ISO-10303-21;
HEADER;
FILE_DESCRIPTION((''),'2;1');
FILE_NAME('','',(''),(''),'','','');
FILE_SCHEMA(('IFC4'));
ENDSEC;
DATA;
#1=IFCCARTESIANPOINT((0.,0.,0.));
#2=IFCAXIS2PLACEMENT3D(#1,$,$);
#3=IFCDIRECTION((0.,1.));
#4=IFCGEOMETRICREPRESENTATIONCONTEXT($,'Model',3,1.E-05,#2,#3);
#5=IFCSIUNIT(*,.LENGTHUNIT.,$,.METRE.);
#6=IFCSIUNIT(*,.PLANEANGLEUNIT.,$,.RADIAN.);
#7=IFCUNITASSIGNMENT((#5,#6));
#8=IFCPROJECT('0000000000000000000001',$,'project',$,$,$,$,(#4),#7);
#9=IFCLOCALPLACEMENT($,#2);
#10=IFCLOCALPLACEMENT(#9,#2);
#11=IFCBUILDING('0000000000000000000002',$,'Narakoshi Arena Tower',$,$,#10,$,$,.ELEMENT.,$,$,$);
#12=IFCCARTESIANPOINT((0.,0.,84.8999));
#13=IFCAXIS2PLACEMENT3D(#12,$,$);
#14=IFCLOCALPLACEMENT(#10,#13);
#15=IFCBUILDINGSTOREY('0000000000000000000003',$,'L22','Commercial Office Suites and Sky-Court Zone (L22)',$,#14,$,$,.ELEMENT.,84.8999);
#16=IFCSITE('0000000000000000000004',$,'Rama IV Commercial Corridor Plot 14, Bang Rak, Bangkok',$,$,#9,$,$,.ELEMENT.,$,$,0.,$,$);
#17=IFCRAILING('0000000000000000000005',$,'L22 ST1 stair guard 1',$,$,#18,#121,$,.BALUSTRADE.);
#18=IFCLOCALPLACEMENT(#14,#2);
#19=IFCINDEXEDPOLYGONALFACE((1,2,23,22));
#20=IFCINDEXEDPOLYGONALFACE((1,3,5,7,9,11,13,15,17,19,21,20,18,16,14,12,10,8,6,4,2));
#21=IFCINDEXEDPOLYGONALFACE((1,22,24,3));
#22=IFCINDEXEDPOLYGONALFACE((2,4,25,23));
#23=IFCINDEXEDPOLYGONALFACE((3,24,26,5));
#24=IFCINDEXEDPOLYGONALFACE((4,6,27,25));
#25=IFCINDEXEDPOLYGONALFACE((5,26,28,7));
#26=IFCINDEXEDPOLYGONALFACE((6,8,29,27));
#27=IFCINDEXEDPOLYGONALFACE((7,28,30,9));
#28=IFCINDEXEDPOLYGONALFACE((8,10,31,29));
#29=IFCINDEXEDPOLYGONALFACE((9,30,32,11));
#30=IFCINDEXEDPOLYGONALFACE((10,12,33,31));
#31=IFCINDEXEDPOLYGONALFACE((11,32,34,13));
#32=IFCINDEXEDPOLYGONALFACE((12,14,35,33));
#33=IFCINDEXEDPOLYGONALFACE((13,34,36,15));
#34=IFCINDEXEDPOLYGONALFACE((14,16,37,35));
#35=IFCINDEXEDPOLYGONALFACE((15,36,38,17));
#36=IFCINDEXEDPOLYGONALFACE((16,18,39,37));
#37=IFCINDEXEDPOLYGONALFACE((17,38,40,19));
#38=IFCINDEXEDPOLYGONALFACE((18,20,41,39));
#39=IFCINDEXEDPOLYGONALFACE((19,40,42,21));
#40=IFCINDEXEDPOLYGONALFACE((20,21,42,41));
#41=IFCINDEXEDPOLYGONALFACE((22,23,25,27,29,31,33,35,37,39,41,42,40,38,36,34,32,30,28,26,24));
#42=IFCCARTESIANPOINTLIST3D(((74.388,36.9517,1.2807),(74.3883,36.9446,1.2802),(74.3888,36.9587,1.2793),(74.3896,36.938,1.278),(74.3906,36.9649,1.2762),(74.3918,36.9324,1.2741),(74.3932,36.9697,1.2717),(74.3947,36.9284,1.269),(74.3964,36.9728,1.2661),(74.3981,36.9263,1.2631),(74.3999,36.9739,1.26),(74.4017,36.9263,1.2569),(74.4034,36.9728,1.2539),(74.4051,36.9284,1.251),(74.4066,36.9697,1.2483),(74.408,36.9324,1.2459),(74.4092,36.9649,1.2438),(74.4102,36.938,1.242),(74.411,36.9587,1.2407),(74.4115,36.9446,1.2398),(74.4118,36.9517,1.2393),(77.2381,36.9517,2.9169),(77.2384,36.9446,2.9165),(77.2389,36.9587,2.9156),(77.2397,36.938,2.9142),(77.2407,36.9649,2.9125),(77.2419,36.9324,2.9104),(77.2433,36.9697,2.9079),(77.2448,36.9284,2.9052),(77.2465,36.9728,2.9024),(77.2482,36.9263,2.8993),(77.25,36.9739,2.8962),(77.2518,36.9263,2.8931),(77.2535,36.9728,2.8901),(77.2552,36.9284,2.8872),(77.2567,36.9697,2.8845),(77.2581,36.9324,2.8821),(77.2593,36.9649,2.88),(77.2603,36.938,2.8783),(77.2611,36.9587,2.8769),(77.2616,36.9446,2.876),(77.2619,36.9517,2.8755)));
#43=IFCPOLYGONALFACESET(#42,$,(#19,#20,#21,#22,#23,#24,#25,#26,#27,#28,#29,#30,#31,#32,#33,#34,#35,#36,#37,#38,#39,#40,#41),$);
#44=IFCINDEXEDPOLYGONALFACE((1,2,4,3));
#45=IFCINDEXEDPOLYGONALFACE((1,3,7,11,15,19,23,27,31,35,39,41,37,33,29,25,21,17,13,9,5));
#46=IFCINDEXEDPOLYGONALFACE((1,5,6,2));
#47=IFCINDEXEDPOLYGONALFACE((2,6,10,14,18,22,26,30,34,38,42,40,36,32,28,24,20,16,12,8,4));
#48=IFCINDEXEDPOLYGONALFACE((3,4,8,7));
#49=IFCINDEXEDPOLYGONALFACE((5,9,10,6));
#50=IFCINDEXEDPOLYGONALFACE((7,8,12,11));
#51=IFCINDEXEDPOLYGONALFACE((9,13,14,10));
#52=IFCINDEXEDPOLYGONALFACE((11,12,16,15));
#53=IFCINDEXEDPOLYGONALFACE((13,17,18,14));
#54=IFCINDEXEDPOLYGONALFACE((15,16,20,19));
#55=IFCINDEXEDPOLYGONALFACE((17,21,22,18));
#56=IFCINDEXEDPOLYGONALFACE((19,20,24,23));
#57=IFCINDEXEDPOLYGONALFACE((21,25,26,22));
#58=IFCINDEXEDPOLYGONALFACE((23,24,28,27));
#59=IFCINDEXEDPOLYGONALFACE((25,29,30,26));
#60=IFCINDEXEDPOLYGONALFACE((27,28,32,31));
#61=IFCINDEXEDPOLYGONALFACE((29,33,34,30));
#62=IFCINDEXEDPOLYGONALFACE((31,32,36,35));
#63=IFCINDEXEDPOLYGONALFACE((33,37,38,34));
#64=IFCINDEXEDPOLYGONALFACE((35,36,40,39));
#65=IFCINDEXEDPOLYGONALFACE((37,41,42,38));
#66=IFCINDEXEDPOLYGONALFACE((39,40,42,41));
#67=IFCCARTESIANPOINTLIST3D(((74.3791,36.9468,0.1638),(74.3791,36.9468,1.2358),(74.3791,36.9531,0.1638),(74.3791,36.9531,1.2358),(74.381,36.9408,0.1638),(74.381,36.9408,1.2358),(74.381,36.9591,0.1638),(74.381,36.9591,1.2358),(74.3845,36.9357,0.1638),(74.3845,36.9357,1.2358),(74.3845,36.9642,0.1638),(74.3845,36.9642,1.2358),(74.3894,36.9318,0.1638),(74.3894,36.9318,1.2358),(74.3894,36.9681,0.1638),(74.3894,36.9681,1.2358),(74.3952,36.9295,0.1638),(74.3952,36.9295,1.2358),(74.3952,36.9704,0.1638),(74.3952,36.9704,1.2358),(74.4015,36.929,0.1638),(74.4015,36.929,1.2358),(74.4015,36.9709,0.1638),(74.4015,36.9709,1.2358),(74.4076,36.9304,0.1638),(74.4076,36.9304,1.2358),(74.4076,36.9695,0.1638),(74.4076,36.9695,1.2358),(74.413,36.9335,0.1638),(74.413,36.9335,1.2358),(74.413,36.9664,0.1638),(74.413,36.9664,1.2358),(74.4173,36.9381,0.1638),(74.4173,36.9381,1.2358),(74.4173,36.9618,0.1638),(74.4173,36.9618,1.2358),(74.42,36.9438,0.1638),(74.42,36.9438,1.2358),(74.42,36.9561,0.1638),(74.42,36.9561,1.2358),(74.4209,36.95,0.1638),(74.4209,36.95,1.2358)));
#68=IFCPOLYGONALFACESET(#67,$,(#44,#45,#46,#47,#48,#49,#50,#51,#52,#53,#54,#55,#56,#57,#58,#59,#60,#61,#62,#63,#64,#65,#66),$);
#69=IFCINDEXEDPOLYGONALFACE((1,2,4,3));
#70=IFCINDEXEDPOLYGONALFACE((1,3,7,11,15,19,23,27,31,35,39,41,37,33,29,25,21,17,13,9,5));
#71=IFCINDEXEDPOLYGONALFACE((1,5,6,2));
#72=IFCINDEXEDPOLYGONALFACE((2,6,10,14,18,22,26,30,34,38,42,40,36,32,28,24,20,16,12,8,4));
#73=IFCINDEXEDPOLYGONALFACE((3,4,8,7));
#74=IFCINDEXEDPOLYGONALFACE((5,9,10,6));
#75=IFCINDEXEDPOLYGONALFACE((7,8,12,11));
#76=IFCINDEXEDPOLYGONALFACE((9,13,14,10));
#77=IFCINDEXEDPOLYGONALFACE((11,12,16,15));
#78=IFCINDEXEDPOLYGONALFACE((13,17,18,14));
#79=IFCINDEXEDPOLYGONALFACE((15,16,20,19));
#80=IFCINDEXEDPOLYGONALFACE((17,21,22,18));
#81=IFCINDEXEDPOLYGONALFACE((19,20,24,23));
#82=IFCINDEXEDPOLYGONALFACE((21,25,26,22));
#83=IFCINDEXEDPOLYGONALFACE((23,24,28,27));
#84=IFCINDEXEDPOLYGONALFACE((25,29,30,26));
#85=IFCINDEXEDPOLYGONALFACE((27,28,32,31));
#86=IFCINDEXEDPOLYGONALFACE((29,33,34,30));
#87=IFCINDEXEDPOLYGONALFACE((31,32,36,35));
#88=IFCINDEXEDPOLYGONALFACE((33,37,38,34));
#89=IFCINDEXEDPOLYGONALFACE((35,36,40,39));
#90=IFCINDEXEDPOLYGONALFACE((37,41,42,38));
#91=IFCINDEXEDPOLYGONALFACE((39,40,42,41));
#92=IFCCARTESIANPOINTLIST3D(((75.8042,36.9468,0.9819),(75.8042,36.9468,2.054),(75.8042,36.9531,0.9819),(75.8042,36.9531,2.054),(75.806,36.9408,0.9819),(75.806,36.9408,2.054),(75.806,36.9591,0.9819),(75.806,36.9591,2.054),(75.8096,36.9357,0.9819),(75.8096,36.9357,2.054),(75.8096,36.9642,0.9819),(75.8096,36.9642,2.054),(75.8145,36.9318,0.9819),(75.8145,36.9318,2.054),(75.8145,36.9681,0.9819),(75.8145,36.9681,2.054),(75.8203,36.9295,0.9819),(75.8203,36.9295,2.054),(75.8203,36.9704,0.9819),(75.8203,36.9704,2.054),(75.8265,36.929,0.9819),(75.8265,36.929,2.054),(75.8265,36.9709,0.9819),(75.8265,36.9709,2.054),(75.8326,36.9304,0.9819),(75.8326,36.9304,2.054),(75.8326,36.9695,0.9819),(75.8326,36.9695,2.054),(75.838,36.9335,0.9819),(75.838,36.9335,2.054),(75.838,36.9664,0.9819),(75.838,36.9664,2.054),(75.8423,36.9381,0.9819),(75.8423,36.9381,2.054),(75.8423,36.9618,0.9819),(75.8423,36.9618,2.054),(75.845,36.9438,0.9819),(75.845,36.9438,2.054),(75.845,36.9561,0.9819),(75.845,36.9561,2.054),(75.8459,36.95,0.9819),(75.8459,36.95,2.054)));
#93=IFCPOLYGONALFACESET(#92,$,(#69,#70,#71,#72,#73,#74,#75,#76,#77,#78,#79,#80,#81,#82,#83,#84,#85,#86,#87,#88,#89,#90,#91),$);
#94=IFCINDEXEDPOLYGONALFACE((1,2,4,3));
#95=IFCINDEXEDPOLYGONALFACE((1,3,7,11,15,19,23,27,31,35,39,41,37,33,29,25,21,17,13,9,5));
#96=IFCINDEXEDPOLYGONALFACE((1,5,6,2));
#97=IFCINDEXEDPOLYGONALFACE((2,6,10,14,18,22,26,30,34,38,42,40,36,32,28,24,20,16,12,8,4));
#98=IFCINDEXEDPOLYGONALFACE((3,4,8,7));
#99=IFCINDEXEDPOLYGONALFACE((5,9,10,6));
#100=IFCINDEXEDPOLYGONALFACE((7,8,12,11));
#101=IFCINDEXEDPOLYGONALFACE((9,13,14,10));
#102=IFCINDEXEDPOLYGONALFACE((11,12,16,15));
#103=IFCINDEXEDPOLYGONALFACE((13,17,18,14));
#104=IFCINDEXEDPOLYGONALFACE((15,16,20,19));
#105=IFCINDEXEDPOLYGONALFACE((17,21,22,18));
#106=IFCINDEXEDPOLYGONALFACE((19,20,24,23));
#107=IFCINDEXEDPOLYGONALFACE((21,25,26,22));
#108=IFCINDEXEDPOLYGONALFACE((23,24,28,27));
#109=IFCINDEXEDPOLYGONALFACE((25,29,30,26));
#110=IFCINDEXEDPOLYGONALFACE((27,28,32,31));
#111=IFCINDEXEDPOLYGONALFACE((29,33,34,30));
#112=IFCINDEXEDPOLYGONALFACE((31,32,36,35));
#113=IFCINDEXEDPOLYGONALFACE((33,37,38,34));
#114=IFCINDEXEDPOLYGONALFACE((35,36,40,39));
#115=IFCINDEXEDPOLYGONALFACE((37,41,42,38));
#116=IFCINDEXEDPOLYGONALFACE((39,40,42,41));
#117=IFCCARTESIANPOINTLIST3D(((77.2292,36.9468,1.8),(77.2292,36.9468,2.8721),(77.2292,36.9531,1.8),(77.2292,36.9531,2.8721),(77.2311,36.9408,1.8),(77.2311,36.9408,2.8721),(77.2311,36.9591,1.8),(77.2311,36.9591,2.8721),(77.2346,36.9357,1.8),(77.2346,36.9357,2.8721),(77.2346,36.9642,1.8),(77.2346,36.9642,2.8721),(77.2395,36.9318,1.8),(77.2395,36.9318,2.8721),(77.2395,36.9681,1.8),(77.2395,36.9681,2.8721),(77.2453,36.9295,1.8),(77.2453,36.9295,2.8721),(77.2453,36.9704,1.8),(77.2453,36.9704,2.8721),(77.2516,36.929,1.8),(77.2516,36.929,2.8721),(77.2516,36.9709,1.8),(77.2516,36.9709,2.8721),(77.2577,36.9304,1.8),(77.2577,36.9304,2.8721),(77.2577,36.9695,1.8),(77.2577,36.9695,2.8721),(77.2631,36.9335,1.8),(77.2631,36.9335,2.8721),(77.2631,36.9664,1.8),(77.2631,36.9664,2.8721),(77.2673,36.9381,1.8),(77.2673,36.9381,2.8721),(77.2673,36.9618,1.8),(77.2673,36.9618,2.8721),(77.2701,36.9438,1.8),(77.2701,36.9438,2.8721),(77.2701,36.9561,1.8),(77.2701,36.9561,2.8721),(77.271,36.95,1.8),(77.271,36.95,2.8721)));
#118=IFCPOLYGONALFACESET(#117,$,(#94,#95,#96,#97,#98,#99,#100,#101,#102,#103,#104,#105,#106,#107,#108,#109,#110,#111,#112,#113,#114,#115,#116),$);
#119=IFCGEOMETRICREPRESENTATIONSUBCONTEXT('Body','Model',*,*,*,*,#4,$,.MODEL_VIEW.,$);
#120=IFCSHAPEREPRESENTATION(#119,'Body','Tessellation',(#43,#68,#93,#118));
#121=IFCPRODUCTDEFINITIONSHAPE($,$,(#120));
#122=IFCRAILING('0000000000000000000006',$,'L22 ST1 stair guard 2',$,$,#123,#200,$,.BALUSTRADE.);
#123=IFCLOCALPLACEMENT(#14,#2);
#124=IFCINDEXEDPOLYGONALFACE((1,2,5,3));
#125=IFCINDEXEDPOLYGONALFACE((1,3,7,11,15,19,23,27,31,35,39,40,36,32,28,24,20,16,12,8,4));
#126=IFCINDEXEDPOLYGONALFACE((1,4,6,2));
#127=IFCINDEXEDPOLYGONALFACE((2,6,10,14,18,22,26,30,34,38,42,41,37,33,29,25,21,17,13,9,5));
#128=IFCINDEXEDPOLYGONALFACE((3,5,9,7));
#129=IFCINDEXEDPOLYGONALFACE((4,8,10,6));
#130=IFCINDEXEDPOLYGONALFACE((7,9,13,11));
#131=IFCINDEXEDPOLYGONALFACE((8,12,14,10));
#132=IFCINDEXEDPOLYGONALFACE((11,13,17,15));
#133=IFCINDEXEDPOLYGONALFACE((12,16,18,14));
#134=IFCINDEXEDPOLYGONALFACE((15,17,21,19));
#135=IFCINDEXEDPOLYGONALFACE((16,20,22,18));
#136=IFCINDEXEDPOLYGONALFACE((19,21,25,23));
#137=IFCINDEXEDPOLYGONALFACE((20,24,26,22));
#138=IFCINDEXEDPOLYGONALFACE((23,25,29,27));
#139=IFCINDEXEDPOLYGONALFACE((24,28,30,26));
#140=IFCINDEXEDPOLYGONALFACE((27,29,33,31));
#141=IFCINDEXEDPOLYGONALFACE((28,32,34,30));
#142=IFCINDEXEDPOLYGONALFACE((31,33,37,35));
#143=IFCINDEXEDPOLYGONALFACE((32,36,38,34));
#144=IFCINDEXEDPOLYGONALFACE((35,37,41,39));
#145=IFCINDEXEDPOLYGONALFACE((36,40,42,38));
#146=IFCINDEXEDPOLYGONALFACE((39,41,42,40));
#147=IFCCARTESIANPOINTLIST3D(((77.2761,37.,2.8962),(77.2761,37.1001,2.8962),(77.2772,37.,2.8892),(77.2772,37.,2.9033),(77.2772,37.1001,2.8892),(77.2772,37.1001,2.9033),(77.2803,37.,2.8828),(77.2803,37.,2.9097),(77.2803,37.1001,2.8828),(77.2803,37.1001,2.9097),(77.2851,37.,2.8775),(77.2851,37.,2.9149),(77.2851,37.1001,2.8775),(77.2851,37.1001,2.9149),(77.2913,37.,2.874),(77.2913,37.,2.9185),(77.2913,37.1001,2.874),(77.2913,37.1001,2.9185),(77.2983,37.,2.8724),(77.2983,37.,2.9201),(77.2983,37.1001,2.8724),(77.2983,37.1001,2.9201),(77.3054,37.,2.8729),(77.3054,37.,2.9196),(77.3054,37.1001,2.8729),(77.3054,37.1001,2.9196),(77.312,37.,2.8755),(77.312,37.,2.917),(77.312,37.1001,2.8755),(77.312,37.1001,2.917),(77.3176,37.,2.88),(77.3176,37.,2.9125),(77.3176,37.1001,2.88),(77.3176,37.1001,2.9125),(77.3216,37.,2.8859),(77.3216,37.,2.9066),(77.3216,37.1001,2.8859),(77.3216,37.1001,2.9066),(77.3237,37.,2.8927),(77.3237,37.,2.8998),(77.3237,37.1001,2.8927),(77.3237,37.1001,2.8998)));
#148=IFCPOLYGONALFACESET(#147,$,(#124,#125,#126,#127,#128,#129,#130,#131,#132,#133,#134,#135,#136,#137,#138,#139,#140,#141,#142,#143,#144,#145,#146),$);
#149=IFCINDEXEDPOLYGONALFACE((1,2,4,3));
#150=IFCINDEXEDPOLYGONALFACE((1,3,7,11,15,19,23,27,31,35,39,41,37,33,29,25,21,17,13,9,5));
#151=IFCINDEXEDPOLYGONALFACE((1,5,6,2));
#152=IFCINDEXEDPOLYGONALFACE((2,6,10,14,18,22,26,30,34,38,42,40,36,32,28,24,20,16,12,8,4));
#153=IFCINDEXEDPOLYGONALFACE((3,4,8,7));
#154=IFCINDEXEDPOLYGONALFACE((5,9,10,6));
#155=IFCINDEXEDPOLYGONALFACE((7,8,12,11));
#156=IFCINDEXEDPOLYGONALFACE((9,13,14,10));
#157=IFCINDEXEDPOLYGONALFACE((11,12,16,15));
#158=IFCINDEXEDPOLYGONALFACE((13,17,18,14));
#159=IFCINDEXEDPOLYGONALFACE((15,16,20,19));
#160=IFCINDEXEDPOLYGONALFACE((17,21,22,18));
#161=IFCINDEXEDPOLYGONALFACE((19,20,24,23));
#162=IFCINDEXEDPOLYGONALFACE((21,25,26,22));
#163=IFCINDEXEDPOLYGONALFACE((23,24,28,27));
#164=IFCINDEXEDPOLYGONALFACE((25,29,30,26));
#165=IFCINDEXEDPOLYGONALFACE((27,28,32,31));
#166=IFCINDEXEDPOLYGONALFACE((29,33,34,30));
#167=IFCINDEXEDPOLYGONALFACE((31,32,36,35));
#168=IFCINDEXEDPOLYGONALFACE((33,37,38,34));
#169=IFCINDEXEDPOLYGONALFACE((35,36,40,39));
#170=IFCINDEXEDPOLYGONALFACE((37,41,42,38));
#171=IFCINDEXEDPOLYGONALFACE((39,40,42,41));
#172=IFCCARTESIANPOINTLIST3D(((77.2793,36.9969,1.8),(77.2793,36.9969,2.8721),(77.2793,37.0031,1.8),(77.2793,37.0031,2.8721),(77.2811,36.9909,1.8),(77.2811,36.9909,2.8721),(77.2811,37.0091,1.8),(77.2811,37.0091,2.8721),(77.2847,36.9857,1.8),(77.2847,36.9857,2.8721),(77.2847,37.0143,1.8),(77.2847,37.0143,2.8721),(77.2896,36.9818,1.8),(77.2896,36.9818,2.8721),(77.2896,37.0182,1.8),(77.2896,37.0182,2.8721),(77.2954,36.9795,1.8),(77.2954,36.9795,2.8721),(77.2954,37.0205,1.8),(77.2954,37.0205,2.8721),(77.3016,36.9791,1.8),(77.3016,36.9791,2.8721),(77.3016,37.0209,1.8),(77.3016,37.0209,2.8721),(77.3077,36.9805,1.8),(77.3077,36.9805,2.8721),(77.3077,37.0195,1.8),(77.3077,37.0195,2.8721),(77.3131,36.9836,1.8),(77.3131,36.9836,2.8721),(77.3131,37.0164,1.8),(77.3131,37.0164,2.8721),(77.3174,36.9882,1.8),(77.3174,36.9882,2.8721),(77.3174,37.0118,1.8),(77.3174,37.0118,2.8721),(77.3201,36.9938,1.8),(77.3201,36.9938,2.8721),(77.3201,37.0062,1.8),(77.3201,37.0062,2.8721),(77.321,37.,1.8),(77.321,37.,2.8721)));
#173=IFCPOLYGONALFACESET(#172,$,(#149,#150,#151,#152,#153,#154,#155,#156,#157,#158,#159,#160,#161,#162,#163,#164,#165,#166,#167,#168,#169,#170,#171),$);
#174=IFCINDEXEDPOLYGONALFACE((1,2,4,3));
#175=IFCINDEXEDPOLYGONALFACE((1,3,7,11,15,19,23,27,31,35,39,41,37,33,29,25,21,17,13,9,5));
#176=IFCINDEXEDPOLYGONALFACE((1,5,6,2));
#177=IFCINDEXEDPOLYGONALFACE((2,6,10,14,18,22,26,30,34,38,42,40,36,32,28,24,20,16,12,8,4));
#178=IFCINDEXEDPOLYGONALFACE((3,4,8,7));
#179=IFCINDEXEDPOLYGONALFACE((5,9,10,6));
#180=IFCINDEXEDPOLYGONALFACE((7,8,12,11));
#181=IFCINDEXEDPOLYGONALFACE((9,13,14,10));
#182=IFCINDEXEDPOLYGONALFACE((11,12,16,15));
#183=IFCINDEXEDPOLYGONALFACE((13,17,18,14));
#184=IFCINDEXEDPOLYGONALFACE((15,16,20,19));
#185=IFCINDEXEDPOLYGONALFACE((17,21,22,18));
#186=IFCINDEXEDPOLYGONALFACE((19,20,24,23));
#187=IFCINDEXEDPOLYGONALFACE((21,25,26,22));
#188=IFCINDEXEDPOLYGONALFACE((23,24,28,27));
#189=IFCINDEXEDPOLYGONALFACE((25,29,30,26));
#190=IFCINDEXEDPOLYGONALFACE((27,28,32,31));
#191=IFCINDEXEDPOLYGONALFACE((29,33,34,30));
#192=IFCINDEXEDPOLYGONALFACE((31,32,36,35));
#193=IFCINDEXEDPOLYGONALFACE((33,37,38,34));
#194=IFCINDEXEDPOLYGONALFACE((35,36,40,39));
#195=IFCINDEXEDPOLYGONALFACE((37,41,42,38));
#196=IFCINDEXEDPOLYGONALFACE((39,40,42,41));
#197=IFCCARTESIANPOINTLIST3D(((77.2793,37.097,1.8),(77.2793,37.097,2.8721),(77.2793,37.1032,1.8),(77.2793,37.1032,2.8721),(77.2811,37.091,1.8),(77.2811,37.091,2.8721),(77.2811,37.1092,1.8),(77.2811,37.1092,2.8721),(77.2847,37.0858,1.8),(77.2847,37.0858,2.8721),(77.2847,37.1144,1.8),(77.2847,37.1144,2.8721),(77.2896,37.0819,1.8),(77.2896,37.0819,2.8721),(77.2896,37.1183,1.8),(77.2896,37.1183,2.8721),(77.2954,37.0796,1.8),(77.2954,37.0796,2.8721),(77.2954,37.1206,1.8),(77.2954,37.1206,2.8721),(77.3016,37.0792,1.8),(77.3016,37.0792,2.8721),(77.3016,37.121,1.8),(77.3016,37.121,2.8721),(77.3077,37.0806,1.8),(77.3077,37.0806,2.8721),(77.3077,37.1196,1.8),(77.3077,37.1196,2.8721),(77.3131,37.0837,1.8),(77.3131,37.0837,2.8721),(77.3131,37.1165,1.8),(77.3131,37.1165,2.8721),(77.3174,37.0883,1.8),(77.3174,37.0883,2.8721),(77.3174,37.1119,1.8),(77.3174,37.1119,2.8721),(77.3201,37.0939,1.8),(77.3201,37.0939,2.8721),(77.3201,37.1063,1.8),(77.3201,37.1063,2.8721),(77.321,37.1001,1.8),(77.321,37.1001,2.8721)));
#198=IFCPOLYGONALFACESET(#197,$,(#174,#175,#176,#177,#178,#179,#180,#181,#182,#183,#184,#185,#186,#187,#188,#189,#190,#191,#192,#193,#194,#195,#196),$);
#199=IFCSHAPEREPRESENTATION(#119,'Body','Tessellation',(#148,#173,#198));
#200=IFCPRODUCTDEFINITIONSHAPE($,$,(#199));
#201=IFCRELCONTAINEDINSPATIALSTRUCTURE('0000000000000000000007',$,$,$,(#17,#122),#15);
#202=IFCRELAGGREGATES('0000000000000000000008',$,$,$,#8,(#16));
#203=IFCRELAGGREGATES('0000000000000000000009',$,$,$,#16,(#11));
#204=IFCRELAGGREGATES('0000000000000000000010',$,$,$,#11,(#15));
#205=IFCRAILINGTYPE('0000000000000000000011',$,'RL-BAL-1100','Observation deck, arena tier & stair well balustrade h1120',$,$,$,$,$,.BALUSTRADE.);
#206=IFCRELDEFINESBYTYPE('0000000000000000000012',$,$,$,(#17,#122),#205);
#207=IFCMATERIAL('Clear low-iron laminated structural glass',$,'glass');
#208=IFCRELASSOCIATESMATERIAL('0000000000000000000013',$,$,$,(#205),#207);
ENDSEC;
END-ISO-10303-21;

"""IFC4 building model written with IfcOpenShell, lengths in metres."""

from ifc_helpers import new_model, si_unit, direction, frame, origin, origin_2d, place, context, subcontext, project, spatial, circle, extrude, material, type_object, element, save


model = new_model("IFC4")

# Units and contexts
model_context = context("Model", 3, precision=1e-05, world=origin(), true_north=direction((0.0, 1.0)))
body_context = subcontext(model_context, "Body", "Model", "MODEL_VIEW")
ifc_project = project(units=[si_unit("LENGTHUNIT", "METRE"), si_unit("PLANEANGLEUNIT", "RADIAN")], contexts=[model_context])

# Site, building, storey
site_placement = place(None, origin())
site = spatial("IfcSite", under=ifc_project, at=site_placement, Name="Rama IV Commercial Corridor Plot 14, Bang Rak, Bangkok", CompositionType="ELEMENT", RefElevation=0.0)
building_placement = place(site_placement, origin())
building = spatial("IfcBuilding", under=site, at=building_placement, Name="Narakoshi Arena Tower", CompositionType="ELEMENT")
storey_placement = place(building_placement, frame((0.0, 0.0, 84.8999)))
storey = spatial("IfcBuildingStorey", under=building, at=storey_placement, Name="L22", Description="Commercial Office Suites and Sky-Court Zone (L22)", CompositionType="ELEMENT", Elevation=84.8999)

# Railings
ifc_material_1 = material(Name="Clear low-iron laminated structural glass", Category="glass")
railing_type_1 = type_object("IfcRailingType", Name="RL-BAL-1100", Description="Observation deck, arena tier & stair well balustrade h1120", PredefinedType="BALUSTRADE", material=ifc_material_1)
railing_1_placement = place(storey_placement, frame((74.3999, 36.95, 0.1638)))
element("IfcRailing", 1, at=railing_1_placement, inside=storey, type_object=railing_type_1, Name="L22 ST1 stair guard 1", PredefinedType="BALUSTRADE", context=body_context, shape_type="SweptSolid", body=[
    extrude(circle(Radius=0.0239, at=origin_2d()), frame((0.0, 0.0, 1.0962), z_axis=(0.867245, 0.0, 0.497882), x_axis=(0.0, 1.0, 0.0)), (0.0, 0.0, 1.0), 3.2864),
    extrude(circle(Radius=0.021, at=origin_2d()), origin(), (0.0, 0.0, 1.0), 1.072),
    extrude(circle(Radius=0.021, at=origin_2d()), frame((1.425, 0.0, 0.8181)), (0.0, 0.0, 1.0), 1.072),
    extrude(circle(Radius=0.021, at=origin_2d()), frame((2.8501, 0.0, 1.6362)), (0.0, 0.0, 1.0), 1.072),
])
railing_2_placement = place(storey_placement, frame((77.3, 37.0, 1.8)))
element("IfcRailing", 2, at=railing_2_placement, inside=storey, type_object=railing_type_1, Name="L22 ST1 stair guard 2", PredefinedType="BALUSTRADE", context=body_context, shape_type="SweptSolid", body=[
    extrude(circle(Radius=0.0239, at=origin_2d()), frame((0.0, 0.0, 1.0962), z_axis=(0.0, 1.0, 0.0), x_axis=(-1.0, 0.0, 0.0)), (0.0, 0.0, 1.0), 0.1001),
    extrude(circle(Radius=0.021, at=origin_2d()), origin(), (0.0, 0.0, 1.0), 1.072),
    extrude(circle(Radius=0.021, at=origin_2d()), frame((0.0, 0.1001, 0.0)), (0.0, 0.0, 1.0), 1.072),
])

save(model, "model.ifc")
